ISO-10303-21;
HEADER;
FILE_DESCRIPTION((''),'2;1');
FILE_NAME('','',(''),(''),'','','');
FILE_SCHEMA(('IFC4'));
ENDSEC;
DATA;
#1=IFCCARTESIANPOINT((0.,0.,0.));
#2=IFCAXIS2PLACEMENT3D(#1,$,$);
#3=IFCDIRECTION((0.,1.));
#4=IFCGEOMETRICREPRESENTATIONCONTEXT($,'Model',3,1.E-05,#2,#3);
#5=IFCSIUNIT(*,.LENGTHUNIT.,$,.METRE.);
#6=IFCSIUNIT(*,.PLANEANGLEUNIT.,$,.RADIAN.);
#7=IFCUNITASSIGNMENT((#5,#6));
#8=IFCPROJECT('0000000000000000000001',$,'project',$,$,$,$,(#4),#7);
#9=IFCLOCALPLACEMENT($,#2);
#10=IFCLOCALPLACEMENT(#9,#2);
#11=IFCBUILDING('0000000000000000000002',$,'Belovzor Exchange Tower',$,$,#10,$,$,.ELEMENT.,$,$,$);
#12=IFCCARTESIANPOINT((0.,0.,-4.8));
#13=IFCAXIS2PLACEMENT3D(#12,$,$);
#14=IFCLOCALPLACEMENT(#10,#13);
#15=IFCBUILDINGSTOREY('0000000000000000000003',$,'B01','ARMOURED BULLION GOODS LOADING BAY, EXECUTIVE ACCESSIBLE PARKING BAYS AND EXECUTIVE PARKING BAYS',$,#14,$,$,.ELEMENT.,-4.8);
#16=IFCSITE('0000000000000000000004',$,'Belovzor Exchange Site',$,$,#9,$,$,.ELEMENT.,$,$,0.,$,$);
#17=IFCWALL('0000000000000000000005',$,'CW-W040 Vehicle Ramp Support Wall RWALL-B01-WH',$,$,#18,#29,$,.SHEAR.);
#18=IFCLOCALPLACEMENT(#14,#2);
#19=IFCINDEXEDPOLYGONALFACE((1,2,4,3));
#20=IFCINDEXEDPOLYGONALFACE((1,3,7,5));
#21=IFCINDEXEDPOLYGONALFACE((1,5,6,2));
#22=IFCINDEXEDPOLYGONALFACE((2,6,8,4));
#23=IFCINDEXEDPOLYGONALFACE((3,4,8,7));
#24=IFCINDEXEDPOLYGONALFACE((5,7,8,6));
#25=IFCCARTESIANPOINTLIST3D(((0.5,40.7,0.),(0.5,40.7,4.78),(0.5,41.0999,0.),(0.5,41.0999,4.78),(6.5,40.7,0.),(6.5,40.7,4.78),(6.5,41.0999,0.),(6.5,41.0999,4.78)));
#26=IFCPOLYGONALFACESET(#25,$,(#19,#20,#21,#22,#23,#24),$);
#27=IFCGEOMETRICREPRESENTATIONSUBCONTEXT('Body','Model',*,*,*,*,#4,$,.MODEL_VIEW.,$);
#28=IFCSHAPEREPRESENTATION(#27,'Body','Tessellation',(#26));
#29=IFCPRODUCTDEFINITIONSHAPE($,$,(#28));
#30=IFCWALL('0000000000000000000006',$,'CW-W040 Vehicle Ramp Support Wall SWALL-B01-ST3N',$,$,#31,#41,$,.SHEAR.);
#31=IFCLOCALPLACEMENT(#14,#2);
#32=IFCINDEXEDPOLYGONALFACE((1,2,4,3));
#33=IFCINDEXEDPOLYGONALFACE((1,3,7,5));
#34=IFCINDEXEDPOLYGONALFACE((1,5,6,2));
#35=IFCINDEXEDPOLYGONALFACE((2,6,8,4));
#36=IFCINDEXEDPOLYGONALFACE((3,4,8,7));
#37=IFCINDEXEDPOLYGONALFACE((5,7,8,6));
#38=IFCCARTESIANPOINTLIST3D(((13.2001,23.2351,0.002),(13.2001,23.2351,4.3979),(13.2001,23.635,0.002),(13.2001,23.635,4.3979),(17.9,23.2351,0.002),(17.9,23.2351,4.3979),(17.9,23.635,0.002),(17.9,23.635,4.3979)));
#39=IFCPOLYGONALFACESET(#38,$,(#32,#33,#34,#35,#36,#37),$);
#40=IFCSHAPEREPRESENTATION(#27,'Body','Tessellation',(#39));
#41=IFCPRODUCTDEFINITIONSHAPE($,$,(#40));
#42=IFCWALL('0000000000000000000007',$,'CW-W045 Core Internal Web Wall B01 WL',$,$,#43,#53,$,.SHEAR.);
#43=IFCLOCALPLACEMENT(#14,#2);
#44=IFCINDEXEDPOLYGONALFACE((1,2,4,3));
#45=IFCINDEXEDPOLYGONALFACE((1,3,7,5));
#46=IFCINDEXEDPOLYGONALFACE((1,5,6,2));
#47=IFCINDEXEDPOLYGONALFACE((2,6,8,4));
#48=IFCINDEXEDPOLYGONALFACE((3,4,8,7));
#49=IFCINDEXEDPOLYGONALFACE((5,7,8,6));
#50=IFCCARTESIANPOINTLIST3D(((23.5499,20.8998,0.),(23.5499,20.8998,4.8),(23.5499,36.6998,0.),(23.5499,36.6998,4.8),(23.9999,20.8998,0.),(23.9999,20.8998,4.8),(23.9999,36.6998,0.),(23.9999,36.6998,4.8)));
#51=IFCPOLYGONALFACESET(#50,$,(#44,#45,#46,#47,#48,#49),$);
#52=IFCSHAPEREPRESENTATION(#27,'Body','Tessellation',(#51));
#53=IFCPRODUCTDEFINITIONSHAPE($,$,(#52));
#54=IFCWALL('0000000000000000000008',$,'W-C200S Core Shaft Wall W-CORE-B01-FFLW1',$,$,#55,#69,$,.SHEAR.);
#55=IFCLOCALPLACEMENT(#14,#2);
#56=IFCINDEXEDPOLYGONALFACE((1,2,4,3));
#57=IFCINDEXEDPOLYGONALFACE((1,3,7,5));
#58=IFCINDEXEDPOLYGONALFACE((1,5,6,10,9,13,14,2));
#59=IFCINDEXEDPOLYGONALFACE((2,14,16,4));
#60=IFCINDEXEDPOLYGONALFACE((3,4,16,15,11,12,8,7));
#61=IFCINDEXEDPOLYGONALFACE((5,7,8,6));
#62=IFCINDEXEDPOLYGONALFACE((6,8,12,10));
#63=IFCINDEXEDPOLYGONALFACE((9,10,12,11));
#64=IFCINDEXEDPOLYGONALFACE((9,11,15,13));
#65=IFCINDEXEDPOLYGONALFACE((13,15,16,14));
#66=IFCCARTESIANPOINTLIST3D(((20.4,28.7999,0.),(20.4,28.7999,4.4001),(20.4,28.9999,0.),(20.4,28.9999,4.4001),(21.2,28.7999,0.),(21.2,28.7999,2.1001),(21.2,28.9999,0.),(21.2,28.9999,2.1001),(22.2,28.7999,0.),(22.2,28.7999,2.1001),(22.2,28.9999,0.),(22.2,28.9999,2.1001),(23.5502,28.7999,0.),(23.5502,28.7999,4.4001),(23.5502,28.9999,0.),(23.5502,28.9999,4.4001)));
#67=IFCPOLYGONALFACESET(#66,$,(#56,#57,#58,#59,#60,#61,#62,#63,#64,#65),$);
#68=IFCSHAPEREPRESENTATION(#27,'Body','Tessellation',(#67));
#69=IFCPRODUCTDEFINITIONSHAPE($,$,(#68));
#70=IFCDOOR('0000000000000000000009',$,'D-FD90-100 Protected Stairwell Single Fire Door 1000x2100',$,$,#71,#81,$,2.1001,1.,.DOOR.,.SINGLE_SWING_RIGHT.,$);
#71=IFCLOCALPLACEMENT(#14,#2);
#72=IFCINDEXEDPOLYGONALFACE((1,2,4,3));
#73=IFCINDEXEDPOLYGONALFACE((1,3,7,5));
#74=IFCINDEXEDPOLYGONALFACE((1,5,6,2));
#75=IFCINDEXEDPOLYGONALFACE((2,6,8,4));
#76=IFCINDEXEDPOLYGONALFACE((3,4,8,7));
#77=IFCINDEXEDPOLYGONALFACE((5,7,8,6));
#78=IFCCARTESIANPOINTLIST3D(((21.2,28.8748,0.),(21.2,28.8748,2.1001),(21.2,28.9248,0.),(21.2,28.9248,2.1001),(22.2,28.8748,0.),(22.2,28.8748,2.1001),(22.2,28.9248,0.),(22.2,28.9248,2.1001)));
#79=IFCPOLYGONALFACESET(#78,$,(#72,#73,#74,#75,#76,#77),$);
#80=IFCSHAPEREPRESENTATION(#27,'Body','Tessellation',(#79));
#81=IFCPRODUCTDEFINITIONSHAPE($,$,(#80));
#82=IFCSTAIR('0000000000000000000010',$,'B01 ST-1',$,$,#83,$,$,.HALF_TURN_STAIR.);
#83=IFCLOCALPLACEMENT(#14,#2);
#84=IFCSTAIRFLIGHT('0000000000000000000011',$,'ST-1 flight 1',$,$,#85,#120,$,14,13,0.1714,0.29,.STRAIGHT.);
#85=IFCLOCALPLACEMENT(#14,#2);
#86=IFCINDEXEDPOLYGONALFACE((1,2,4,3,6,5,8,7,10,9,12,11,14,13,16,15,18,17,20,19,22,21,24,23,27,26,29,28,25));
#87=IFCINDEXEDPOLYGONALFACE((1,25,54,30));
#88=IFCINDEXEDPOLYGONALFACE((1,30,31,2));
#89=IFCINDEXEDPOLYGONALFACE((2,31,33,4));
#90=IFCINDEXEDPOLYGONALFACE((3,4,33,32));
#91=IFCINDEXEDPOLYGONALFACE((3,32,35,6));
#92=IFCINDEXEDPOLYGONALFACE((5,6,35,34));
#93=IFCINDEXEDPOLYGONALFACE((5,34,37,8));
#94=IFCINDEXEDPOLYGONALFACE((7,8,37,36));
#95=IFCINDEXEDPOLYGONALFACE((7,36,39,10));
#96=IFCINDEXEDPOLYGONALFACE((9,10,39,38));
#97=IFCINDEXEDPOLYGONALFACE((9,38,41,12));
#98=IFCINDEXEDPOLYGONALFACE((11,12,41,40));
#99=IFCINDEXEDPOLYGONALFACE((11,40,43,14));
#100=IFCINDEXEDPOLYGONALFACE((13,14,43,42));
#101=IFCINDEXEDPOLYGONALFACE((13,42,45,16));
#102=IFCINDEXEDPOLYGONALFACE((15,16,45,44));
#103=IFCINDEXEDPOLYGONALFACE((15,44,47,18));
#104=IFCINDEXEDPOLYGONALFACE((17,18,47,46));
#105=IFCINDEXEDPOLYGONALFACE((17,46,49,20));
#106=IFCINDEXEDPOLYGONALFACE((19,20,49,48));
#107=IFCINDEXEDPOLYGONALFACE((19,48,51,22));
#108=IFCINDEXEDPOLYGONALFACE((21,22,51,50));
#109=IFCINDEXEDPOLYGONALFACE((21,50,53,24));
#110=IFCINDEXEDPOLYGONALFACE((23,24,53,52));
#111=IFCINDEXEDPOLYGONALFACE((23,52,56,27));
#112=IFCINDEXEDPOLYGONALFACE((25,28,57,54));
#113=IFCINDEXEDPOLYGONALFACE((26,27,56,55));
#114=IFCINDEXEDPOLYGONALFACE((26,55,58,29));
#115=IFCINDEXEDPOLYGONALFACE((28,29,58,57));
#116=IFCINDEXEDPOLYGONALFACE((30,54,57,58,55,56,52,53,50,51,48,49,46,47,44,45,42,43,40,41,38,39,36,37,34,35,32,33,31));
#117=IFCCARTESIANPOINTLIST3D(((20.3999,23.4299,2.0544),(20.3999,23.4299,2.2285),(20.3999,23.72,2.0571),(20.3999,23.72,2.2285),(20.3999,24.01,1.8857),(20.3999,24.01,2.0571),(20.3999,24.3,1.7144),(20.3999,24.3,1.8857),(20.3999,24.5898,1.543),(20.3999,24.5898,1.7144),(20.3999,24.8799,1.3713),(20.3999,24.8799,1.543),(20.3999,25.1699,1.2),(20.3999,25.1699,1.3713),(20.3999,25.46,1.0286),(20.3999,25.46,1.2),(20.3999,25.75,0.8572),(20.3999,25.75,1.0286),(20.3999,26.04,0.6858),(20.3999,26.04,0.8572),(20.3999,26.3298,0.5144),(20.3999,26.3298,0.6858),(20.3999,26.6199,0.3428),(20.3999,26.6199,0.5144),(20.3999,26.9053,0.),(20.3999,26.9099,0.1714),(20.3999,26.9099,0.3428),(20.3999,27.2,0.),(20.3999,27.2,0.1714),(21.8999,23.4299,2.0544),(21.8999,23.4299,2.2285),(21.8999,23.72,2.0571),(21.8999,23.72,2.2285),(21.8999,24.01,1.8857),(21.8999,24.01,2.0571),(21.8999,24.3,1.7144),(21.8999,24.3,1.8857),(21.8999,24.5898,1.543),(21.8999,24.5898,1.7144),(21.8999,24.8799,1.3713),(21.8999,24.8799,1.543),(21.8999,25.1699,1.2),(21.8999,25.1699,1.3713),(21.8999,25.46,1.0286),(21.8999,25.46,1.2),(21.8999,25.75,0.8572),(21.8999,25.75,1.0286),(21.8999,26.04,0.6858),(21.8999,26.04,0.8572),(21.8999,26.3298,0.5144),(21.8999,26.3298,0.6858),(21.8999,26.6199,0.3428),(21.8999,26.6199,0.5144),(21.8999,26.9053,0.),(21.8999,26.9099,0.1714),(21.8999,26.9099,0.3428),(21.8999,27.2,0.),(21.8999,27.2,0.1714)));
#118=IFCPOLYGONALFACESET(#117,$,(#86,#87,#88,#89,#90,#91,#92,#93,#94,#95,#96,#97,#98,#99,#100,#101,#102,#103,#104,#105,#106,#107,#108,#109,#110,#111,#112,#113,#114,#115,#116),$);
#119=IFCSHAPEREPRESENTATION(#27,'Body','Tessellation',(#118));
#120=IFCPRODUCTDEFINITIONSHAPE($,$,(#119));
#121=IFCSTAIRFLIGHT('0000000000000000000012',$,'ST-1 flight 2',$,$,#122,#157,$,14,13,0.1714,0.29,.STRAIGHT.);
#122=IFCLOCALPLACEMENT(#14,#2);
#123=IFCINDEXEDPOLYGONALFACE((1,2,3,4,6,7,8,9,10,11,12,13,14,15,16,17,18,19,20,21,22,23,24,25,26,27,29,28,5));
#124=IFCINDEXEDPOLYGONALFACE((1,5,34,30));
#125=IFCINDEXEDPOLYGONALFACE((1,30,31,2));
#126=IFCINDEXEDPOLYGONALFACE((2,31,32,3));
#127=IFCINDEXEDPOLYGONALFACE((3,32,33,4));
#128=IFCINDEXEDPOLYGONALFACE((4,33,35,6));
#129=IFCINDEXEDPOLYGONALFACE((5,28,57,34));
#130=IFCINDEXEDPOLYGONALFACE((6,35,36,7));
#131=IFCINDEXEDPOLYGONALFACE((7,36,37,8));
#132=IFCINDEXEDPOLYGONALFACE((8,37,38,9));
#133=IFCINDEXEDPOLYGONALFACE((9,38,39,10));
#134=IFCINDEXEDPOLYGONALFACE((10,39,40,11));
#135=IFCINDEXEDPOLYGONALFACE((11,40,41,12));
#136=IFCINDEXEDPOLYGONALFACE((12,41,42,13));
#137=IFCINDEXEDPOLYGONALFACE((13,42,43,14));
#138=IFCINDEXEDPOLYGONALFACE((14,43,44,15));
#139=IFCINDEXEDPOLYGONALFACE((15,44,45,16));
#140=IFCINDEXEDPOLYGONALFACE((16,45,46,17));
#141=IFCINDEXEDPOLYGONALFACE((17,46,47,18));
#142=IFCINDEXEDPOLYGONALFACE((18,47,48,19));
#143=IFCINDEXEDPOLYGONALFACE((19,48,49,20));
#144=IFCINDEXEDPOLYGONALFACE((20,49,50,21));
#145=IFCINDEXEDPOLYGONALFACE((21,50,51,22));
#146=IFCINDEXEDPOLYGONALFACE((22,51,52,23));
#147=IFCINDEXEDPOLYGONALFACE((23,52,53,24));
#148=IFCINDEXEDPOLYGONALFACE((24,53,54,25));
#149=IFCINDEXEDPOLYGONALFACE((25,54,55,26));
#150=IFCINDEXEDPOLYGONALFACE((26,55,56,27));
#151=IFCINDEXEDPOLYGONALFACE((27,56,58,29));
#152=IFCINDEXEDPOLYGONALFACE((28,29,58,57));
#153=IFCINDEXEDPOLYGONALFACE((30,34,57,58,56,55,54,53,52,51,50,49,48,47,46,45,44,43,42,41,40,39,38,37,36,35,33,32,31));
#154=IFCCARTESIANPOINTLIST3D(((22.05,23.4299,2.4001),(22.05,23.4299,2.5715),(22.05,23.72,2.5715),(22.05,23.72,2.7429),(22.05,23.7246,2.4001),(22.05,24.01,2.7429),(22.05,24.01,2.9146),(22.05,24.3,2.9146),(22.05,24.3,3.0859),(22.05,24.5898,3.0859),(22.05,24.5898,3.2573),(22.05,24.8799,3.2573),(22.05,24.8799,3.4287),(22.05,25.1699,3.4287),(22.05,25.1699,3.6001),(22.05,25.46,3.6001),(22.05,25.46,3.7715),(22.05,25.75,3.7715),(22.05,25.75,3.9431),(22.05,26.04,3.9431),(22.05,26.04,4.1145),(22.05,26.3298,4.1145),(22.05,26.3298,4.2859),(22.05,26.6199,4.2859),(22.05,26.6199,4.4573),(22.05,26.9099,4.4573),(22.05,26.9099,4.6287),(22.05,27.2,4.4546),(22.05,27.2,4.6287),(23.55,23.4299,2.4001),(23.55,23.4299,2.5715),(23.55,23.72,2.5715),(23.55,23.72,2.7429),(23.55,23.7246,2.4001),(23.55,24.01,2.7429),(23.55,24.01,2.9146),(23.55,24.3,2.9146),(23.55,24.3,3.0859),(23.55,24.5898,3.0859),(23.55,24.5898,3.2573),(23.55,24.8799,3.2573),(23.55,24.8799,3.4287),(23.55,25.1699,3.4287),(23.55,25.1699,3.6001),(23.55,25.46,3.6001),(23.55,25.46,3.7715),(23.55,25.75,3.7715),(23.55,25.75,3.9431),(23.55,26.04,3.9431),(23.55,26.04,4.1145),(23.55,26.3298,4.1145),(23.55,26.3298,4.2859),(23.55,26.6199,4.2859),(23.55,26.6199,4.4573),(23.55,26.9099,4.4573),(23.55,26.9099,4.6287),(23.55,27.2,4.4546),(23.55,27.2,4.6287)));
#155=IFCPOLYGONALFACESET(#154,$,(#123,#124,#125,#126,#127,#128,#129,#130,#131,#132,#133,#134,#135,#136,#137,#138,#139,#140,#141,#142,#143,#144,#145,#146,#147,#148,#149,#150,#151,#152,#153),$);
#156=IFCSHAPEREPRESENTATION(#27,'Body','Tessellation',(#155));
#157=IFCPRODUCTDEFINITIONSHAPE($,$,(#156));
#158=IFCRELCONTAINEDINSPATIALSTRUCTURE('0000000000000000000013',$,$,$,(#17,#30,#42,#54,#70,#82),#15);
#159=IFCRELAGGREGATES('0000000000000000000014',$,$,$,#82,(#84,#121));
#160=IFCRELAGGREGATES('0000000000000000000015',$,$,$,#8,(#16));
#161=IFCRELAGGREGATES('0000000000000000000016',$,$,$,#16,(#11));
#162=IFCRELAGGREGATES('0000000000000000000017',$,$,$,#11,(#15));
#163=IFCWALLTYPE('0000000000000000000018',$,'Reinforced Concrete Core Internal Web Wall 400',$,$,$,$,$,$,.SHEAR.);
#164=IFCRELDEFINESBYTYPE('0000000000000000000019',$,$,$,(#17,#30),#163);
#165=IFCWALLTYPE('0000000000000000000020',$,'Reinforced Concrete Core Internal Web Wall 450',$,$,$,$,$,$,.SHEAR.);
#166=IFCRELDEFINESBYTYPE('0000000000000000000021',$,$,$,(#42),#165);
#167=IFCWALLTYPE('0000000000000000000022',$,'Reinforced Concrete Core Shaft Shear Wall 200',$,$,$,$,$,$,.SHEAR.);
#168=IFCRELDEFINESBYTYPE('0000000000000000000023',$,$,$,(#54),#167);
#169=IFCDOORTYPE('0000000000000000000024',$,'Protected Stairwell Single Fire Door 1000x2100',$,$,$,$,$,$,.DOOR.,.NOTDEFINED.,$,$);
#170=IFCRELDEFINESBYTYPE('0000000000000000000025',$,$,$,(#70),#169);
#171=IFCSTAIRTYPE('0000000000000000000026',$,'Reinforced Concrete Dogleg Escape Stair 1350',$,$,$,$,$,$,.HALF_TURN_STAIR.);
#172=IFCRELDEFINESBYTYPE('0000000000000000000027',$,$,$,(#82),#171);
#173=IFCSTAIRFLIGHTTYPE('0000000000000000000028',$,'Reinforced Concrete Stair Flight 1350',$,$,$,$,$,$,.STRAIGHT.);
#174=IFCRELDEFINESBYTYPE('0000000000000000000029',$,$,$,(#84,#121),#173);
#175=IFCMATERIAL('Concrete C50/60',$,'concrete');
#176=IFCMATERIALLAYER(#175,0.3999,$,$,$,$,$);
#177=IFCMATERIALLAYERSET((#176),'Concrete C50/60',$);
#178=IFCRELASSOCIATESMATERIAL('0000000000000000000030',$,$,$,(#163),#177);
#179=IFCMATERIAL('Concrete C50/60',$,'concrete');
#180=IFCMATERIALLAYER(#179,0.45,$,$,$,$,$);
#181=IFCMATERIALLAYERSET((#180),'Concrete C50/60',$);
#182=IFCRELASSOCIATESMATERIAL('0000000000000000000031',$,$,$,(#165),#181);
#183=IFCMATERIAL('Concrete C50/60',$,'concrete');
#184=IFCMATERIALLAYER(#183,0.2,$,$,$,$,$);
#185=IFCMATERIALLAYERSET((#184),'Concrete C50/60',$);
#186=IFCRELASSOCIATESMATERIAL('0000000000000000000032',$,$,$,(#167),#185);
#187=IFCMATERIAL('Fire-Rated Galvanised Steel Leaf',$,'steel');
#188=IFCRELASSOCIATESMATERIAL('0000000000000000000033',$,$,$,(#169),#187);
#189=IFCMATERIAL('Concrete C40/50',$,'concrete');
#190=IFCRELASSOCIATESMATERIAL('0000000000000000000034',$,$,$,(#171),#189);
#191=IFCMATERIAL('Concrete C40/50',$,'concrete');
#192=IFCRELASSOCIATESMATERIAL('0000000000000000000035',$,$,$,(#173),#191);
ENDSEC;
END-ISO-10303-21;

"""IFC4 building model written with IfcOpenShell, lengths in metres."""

from ifc_helpers import new_model, si_unit, direction, frame, frame_2d, origin, place, context, subcontext, project, spatial, polyline, rectangle, outline, extrude, material, layer, layer_set, type_object, element, fill, aggregate, save


model = new_model("IFC4")

# Units and contexts
model_context = context("Model", 3, precision=1e-05, world=origin(), true_north=direction((0.0, 1.0)))
body_context = subcontext(model_context, "Body", "Model", "MODEL_VIEW")
ifc_project = project(units=[si_unit("LENGTHUNIT", "METRE"), si_unit("PLANEANGLEUNIT", "RADIAN")], contexts=[model_context])

# Site, building, storey
site_placement = place(None, origin())
site = spatial("IfcSite", under=ifc_project, at=site_placement, Name="Belovzor Exchange Site", CompositionType="ELEMENT", RefElevation=0.0)
building_placement = place(site_placement, origin())
building = spatial("IfcBuilding", under=site, at=building_placement, Name="Belovzor Exchange Tower", CompositionType="ELEMENT")
storey_placement = place(building_placement, frame((0.0, 0.0, -4.8)))
storey = spatial("IfcBuildingStorey", under=building, at=storey_placement, Name="B01", Description="ARMOURED BULLION GOODS LOADING BAY, EXECUTIVE ACCESSIBLE PARKING BAYS AND EXECUTIVE PARKING BAYS", CompositionType="ELEMENT", Elevation=-4.8)

# Walls
ifc_material_1 = material(Name="Concrete C50/60", Category="concrete")
ifc_layer_1 = layer(ifc_material_1, 0.3999)
ifc_layer_set_1 = layer_set([ifc_layer_1], Name="Concrete C50/60")
wall_type_1 = type_object("IfcWallType", Name="Reinforced Concrete Core Internal Web Wall 400", PredefinedType="SHEAR", material=ifc_layer_set_1)
wall_1_placement = place(storey_placement, frame((0.5, 40.8999, 0.0), z_axis=(0.0, 0.0, 1.0), x_axis=(1.0, 0.0, 0.0)))
element("IfcWall", 1, at=wall_1_placement, inside=storey, type_object=wall_type_1, Name="CW-W040 Vehicle Ramp Support Wall RWALL-B01-WH", PredefinedType="SHEAR", context=body_context, shape_type="SweptSolid", body=[
    extrude(rectangle(XDim=6.0, YDim=0.3999, at=frame_2d((3.0, 0.0))), origin(), (0.0, 0.0, 1.0), 4.78),
])
wall_2_placement = place(storey_placement, frame((13.2, 23.4351, 0.002), z_axis=(0.0, 0.0, 1.0), x_axis=(1.0, 0.0, 0.0)))
element("IfcWall", 2, at=wall_2_placement, inside=storey, type_object=wall_type_1, Name="CW-W040 Vehicle Ramp Support Wall SWALL-B01-ST3N", PredefinedType="SHEAR", context=body_context, shape_type="SweptSolid", body=[
    extrude(rectangle(XDim=4.7, YDim=0.3999, at=frame_2d((2.3501, 0.0))), origin(), (0.0, 0.0, 1.0), 4.396),
])
ifc_material_2 = material(Name="Concrete C50/60", Category="concrete")
ifc_layer_2 = layer(ifc_material_2, 0.45)
ifc_layer_set_2 = layer_set([ifc_layer_2], Name="Concrete C50/60")
wall_type_2 = type_object("IfcWallType", Name="Reinforced Concrete Core Internal Web Wall 450", PredefinedType="SHEAR", material=ifc_layer_set_2)
wall_3_placement = place(storey_placement, frame((23.7749, 20.8999, 0.0), z_axis=(0.0, 0.0, 1.0), x_axis=(0.0, 1.0, 0.0)))
element("IfcWall", 3, at=wall_3_placement, inside=storey, type_object=wall_type_2, Name="CW-W045 Core Internal Web Wall B01 WL", PredefinedType="SHEAR", context=body_context, shape_type="SweptSolid", body=[
    extrude(rectangle(XDim=15.8, YDim=0.45, at=frame_2d((7.8999, 0.0))), origin(), (0.0, 0.0, 1.0), 4.8),
])

# Wall, opening, door
ifc_material_3 = material(Name="Concrete C50/60", Category="concrete")
ifc_layer_3 = layer(ifc_material_3, 0.2)
ifc_layer_set_3 = layer_set([ifc_layer_3], Name="Concrete C50/60")
wall_type_3 = type_object("IfcWallType", Name="Reinforced Concrete Core Shaft Shear Wall 200", PredefinedType="SHEAR", material=ifc_layer_set_3)
wall_4_placement = place(storey_placement, frame((20.3999, 28.8999, 0.0), z_axis=(0.0, 0.0, 1.0), x_axis=(1.0, 0.0, 0.0)))
wall_4 = element("IfcWall", 4, at=wall_4_placement, inside=storey, type_object=wall_type_3, Name="W-C200S Core Shaft Wall W-CORE-B01-FFLW1", PredefinedType="SHEAR", context=body_context, shape_type="SweptSolid", body=[
    extrude(rectangle(XDim=3.1501, YDim=0.2, at=frame_2d((1.5752, 0.0))), origin(), (0.0, 0.0, 1.0), 4.4001),
])
opening_1_placement = place(wall_4_placement, frame((0.8, 0.0, 0.0)))
opening_1 = element("IfcOpeningElement", 5, at=opening_1_placement, cuts=wall_4, PredefinedType="OPENING", context=body_context, shape_type="SweptSolid", body=[
    extrude(rectangle(XDim=1.0, YDim=2.1001, at=frame_2d((0.5, 1.05))), frame((0.0, 0.1099, 0.0), z_axis=(0.0, -1.0, 0.0), x_axis=(1.0, 0.0, 0.0)), (0.0, 0.0, 1.0), 0.22),
])
ifc_material_4 = material(Name="Fire-Rated Galvanised Steel Leaf", Category="steel")
door_type_1 = type_object("IfcDoorType", Name="Protected Stairwell Single Fire Door 1000x2100", OperationType="NOTDEFINED", PredefinedType="DOOR", material=ifc_material_4)
door_1_placement = place(opening_1_placement, origin())
door_1 = element("IfcDoor", 6, at=door_1_placement, inside=storey, type_object=door_type_1, Name="D-FD90-100 Protected Stairwell Single Fire Door 1000x2100", OperationType="SINGLE_SWING_RIGHT", OverallHeight=2.1001, OverallWidth=1.0, PredefinedType="DOOR", context=body_context, shape_type="SweptSolid", body=[
    extrude(rectangle(XDim=1.0, YDim=2.1001, at=frame_2d((0.5, 1.05))), frame((0.0, 0.0249, 0.0), z_axis=(0.0, -1.0, 0.0), x_axis=(1.0, 0.0, 0.0)), (0.0, 0.0, 1.0), 0.05),
])
fill(opening_1, door_1)

# Stair, stair flights
ifc_material_5 = material(Name="Concrete C40/50", Category="concrete")
stair_type = type_object("IfcStairType", Name="Reinforced Concrete Dogleg Escape Stair 1350", PredefinedType="HALF_TURN_STAIR", material=ifc_material_5)
stair_placement = place(storey_placement, origin())
stair = element("IfcStair", 7, at=stair_placement, inside=storey, type_object=stair_type, Name="B01 ST-1", PredefinedType="HALF_TURN_STAIR")
ifc_material_6 = material(Name="Concrete C40/50", Category="concrete")
stair_flight_type = type_object("IfcStairFlightType", Name="Reinforced Concrete Stair Flight 1350", PredefinedType="STRAIGHT", material=ifc_material_6)
stair_flight_1_placement = place(storey_placement, frame((21.1499, 27.2, 0.0), z_axis=(0.0, 0.0, 1.0), x_axis=(0.0, -1.0, 0.0)))
stair_flight_1 = element("IfcStairFlight", 8, at=stair_flight_1_placement, type_object=stair_flight_type, Name="ST-1 flight 1", NumberOfRisers=14, NumberOfTreads=13, PredefinedType="STRAIGHT", RiserHeight=0.1714, TreadLength=0.29, context=body_context, shape_type="SweptSolid", body=[
    extrude(outline(polyline([(0.0, 0.0), (0.0, 0.1714), (0.29, 0.1714), (0.29, 0.3428), (0.5801, 0.3428), (0.5801, 0.5144), (0.8701, 0.5144), (0.8701, 0.6858), (1.1599, 0.6858), (1.1599, 0.8572), (1.45, 0.8572), (1.45, 1.0286), (1.74, 1.0286), (1.74, 1.2), (2.03, 1.2), (2.03, 1.3713), (2.3201, 1.3713), (2.3201, 1.543), (2.6101, 1.543), (2.6101, 1.7144), (2.8999, 1.7144), (2.8999, 1.8857), (3.1899, 1.8857), (3.1899, 2.0571), (3.48, 2.0571), (3.48, 2.2285), (3.77, 2.2285), (3.77, 2.3999), (3.77, 2.0544), (0.2947, 0.0), (0.0, 0.0)])), frame((0.0, 0.75, 0.0), z_axis=(0.0, -1.0, 0.0), x_axis=(1.0, 0.0, 0.0)), (0.0, 0.0, 1.0), 1.5),
])
stair_flight_2_placement = place(storey_placement, frame((22.8, 23.4299, 2.4001), z_axis=(0.0, 0.0, 1.0), x_axis=(0.0, 1.0, 0.0)))
stair_flight_2 = element("IfcStairFlight", 9, at=stair_flight_2_placement, type_object=stair_flight_type, Name="ST-1 flight 2", NumberOfRisers=14, NumberOfTreads=13, PredefinedType="STRAIGHT", RiserHeight=0.1714, TreadLength=0.29, context=body_context, shape_type="SweptSolid", body=[
    extrude(outline(polyline([(0.0, 0.0), (0.0, 0.1714), (0.29, 0.1714), (0.29, 0.3428), (0.5801, 0.3428), (0.5801, 0.5144), (0.8701, 0.5144), (0.8701, 0.6858), (1.1599, 0.6858), (1.1599, 0.8572), (1.45, 0.8572), (1.45, 1.0286), (1.74, 1.0286), (1.74, 1.2), (2.03, 1.2), (2.03, 1.3713), (2.3201, 1.3713), (2.3201, 1.543), (2.6101, 1.543), (2.6101, 1.7144), (2.8999, 1.7144), (2.8999, 1.8857), (3.1899, 1.8857), (3.1899, 2.0571), (3.48, 2.0571), (3.48, 2.2285), (3.77, 2.2285), (3.77, 2.3999), (3.77, 2.0544), (0.2947, 0.0), (0.0, 0.0)])), frame((0.0, 0.75, 0.0), z_axis=(0.0, -1.0, 0.0), x_axis=(1.0, 0.0, 0.0)), (0.0, 0.0, 1.0), 1.5),
])
aggregate(stair, [stair_flight_1, stair_flight_2])

save(model, "model.ifc")
